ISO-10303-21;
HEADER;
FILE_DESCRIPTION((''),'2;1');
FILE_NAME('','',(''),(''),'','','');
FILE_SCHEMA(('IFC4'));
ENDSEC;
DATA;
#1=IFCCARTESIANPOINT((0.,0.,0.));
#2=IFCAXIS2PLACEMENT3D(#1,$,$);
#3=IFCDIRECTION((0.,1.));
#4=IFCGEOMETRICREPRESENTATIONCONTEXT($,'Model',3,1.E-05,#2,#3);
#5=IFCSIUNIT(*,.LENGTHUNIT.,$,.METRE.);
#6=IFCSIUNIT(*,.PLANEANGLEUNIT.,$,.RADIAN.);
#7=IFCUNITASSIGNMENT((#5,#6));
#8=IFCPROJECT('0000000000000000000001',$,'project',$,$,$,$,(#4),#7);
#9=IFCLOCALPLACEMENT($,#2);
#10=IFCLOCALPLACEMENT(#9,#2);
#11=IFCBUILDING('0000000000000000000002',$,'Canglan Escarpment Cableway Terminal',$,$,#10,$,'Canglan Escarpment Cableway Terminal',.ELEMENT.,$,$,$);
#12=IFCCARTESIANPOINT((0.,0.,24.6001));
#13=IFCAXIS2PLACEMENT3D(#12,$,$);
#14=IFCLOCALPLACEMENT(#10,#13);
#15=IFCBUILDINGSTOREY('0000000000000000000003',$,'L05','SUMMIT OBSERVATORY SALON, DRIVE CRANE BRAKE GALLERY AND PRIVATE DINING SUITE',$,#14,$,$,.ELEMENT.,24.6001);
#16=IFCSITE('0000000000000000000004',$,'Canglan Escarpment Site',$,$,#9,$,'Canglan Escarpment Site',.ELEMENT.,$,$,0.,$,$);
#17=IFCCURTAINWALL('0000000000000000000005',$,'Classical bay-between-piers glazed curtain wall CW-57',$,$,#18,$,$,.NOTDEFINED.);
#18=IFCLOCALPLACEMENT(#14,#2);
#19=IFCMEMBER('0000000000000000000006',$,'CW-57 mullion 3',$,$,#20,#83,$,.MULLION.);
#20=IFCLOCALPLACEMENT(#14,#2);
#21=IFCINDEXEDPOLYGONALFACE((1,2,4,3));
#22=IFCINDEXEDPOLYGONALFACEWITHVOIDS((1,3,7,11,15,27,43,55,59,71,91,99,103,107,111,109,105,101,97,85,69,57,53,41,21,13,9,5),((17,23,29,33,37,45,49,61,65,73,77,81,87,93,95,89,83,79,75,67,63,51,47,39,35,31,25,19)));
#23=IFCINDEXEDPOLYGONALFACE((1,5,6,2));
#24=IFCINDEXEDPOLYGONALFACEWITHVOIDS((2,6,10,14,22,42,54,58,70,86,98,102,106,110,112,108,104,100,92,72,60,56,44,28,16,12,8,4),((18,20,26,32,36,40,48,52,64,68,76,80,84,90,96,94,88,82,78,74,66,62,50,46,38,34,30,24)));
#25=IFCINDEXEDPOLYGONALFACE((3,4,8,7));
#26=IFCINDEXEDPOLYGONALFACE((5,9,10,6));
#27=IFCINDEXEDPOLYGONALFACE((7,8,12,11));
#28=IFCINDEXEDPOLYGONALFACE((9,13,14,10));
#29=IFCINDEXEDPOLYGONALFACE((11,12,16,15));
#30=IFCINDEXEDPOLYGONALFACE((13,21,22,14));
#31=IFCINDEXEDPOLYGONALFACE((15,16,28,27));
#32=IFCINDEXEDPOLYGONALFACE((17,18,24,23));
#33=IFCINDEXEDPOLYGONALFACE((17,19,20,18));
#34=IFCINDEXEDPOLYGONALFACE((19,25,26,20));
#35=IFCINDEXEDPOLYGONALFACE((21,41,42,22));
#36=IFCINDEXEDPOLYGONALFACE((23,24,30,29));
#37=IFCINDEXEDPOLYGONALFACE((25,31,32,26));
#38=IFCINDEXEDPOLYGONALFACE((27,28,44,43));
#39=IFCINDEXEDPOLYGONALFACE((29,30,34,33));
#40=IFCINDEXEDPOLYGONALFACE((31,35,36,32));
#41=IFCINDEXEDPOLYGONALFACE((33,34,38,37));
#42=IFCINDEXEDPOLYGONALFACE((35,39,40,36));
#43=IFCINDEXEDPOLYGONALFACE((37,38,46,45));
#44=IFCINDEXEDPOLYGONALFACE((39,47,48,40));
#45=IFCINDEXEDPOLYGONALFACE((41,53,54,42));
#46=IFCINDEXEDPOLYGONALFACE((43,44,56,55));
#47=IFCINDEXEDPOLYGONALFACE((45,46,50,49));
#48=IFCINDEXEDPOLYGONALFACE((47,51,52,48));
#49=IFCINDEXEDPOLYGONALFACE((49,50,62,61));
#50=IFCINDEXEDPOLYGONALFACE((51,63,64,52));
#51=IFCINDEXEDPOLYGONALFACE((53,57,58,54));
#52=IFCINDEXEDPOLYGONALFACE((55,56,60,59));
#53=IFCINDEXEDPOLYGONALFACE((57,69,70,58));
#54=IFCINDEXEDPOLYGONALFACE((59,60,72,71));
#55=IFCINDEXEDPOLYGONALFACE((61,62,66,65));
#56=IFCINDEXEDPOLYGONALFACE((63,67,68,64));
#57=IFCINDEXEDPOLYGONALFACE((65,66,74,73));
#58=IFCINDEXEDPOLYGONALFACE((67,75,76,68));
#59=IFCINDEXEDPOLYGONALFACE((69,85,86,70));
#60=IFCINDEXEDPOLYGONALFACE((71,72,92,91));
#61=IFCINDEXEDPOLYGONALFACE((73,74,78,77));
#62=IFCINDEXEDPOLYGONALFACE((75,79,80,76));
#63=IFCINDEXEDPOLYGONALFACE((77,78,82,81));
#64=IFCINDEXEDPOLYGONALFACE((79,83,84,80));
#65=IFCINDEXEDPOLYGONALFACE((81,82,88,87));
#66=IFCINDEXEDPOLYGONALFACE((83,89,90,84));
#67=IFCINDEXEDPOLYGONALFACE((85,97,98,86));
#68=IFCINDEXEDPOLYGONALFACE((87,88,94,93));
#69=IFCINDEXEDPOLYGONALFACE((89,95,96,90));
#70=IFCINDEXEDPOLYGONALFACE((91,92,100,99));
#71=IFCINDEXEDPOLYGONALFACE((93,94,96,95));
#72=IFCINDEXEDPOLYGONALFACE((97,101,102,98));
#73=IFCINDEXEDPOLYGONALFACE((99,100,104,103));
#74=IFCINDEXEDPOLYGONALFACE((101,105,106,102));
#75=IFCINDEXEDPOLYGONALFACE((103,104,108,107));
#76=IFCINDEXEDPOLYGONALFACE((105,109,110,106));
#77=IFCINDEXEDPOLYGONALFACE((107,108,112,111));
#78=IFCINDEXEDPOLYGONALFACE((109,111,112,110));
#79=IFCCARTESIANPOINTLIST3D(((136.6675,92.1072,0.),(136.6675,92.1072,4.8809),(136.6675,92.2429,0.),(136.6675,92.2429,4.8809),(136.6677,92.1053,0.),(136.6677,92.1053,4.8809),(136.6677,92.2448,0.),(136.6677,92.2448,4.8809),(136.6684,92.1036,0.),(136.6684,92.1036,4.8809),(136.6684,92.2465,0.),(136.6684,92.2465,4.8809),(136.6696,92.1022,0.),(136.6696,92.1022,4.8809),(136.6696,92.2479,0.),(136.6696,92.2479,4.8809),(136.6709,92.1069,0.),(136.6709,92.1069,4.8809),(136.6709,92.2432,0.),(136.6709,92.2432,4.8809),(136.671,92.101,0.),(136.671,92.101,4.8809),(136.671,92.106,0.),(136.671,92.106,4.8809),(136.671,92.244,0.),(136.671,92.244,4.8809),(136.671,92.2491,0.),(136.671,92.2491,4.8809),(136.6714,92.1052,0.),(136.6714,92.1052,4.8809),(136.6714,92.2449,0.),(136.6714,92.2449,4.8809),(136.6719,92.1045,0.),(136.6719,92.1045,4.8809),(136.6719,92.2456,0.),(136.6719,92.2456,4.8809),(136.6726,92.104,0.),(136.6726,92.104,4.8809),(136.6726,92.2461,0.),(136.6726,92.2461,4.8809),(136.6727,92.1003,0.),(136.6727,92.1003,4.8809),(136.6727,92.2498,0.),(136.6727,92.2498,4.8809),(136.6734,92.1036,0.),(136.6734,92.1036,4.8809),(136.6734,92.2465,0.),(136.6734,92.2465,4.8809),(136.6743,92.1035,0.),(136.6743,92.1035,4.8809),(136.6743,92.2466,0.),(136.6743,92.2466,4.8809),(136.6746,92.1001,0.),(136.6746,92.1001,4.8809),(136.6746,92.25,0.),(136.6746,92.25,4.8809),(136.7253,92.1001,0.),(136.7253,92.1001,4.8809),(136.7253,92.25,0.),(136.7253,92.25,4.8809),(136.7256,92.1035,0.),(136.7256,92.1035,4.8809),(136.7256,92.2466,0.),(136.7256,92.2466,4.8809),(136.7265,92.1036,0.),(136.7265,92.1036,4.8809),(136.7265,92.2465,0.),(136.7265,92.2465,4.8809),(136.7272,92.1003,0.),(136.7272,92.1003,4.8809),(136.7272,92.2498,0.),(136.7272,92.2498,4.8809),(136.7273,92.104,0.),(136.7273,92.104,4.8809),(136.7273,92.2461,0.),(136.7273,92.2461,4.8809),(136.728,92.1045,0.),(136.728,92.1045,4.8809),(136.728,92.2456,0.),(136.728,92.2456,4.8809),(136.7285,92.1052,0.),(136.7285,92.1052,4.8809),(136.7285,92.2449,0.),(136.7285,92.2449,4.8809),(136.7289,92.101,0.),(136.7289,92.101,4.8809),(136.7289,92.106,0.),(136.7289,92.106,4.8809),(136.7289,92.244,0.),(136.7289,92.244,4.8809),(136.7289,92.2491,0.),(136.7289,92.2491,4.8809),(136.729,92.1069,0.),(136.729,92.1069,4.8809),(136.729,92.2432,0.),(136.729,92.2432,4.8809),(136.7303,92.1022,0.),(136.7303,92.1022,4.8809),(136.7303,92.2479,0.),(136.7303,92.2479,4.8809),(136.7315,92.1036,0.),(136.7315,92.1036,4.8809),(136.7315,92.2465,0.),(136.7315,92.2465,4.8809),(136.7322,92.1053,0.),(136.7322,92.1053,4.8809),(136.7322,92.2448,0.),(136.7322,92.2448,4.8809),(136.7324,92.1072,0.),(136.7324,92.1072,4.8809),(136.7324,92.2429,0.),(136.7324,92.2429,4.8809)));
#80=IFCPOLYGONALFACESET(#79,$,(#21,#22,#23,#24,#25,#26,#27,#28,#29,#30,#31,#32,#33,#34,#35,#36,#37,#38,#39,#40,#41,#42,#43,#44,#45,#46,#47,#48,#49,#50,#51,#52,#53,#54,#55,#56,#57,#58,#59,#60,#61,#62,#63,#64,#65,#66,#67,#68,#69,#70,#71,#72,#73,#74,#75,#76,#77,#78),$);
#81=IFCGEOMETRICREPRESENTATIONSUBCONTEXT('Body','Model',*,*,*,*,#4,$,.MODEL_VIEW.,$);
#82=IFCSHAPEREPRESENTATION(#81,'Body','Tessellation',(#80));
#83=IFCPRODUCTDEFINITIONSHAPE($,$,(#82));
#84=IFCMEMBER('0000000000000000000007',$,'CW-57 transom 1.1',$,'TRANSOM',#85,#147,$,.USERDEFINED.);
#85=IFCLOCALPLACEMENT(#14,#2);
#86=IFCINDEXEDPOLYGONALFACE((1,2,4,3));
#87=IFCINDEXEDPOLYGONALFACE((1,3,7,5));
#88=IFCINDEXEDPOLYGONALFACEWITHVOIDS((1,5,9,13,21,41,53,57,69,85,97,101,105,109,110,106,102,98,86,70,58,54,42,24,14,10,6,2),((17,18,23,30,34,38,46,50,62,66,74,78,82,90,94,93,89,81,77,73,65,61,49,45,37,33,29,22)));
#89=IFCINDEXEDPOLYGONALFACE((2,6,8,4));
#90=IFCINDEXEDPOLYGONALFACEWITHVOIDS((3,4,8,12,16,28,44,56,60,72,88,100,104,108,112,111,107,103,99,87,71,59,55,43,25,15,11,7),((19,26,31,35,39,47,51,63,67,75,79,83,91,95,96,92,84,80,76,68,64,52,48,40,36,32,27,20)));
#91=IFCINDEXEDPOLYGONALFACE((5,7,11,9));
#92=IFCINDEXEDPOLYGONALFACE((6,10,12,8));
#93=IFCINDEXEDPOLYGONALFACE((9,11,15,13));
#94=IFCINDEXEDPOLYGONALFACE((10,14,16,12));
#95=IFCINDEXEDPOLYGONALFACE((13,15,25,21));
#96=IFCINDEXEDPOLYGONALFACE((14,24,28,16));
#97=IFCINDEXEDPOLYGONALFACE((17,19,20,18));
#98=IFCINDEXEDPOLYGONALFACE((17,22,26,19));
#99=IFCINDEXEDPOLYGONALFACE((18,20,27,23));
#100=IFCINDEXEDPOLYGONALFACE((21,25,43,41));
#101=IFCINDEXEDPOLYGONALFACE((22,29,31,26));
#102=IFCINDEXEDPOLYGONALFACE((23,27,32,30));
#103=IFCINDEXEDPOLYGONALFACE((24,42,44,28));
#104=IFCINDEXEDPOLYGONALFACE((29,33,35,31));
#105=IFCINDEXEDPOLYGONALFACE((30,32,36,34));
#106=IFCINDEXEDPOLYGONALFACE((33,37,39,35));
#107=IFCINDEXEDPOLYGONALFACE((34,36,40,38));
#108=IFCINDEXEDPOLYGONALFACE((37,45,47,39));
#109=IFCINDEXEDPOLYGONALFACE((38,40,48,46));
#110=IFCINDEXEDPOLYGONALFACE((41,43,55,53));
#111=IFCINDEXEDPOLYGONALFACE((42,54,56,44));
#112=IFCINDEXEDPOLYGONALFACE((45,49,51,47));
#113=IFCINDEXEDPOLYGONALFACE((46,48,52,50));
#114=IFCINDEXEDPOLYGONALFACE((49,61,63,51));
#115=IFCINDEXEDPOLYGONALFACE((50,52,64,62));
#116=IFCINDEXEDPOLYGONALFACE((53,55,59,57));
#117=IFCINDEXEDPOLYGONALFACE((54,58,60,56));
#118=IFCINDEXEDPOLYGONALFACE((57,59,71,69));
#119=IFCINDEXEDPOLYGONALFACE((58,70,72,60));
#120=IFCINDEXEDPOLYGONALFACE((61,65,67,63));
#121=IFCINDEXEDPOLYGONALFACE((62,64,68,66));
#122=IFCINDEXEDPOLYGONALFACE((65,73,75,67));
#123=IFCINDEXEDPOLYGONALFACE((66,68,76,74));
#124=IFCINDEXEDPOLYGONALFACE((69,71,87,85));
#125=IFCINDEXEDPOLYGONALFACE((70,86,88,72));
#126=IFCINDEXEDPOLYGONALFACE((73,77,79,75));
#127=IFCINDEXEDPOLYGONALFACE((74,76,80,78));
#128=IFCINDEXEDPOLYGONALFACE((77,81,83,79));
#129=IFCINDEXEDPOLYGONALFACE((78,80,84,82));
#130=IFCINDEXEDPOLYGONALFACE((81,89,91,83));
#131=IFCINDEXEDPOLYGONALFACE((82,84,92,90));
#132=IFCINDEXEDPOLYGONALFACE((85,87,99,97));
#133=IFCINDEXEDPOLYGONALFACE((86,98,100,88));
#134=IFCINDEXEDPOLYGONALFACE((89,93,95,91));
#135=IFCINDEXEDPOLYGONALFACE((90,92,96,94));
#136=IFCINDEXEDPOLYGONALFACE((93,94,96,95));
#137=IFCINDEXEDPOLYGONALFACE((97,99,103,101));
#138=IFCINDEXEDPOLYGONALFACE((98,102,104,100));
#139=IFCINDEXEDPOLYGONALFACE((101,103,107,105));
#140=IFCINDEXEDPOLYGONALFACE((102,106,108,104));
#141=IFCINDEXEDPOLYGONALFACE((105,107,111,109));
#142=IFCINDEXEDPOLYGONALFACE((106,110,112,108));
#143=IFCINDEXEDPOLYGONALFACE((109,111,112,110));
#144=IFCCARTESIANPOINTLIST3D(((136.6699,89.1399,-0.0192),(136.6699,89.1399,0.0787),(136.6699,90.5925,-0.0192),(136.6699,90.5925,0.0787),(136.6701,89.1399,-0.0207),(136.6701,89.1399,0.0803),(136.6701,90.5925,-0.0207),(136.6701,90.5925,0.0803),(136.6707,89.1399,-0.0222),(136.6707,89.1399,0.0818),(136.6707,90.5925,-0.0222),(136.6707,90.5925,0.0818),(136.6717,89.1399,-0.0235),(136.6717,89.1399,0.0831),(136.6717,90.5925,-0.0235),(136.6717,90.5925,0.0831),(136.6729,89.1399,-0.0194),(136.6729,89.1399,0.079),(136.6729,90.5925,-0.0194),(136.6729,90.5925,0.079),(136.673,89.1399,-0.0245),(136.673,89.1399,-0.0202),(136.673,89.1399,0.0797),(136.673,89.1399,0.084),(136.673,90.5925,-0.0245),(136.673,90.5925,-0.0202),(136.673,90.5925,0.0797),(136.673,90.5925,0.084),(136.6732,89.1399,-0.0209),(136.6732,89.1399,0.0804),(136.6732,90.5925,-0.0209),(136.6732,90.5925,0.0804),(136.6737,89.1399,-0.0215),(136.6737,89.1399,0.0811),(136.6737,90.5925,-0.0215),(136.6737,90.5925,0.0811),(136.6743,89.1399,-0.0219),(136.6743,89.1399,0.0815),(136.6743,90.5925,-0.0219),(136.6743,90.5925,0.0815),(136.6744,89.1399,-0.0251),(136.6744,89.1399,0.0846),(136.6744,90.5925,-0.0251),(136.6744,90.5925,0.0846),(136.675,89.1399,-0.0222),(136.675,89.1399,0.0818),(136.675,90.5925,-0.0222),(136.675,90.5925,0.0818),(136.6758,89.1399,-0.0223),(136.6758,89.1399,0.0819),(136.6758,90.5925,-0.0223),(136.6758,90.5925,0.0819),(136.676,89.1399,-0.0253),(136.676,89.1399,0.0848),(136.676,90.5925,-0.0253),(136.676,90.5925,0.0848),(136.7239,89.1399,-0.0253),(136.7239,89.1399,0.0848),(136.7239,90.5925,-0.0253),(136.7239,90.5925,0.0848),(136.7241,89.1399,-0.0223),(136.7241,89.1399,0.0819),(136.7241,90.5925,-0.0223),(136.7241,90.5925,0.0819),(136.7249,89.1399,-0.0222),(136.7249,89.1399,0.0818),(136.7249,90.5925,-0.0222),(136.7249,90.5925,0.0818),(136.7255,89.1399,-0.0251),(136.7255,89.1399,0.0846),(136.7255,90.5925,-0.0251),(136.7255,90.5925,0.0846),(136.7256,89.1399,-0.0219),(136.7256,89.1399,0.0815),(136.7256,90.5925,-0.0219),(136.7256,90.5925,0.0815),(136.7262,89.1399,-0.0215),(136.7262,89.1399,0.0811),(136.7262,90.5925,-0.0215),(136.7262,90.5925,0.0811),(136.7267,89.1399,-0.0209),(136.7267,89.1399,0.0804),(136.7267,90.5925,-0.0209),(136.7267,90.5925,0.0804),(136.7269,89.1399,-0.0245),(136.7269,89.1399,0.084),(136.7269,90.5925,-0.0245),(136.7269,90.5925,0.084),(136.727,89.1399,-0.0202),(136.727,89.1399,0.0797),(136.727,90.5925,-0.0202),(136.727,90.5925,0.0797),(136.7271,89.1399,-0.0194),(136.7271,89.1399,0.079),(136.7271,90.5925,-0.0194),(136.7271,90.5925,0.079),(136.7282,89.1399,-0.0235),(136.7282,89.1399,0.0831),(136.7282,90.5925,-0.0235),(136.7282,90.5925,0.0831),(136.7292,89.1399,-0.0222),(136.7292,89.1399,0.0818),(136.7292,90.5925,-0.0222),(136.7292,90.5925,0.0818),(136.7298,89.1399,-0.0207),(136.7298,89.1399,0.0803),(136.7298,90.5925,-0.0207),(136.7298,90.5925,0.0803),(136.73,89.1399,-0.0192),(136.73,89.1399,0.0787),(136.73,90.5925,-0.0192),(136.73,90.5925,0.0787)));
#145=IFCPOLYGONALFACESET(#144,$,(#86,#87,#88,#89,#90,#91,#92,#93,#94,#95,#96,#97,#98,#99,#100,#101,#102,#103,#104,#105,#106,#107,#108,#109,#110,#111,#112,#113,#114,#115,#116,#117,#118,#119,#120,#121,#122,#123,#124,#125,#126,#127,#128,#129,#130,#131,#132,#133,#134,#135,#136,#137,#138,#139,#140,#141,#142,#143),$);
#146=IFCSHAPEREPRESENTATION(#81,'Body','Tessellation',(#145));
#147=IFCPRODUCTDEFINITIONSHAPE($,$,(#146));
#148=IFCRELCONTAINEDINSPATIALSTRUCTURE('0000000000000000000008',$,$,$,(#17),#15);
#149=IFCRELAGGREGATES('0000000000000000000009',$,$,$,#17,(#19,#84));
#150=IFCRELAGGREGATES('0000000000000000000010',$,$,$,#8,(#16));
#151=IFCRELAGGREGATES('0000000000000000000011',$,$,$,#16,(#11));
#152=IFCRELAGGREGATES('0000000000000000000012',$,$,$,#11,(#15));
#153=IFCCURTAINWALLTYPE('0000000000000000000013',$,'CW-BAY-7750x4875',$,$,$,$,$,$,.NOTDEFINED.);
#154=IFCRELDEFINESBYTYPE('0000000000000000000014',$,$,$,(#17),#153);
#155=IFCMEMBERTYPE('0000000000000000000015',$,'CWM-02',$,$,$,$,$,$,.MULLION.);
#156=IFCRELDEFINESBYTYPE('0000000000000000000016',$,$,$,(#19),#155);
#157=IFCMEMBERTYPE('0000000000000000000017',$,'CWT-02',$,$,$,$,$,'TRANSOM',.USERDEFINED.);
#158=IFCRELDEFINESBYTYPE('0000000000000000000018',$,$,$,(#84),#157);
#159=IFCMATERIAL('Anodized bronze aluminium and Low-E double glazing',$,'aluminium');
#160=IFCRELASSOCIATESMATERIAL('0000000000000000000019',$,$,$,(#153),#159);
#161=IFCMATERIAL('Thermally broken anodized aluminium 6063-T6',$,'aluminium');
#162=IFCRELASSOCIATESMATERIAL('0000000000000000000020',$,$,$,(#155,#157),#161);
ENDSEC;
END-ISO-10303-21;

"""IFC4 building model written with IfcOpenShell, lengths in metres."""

from ifc_helpers import new_model, si_unit, direction, frame, origin, origin_2d, place, context, subcontext, project, spatial, hollow_rectangle, extrude, material, material_profile, profile_set, type_object, element, aggregate, save


model = new_model("IFC4")

# Units and contexts
model_context = context("Model", 3, precision=1e-05, world=origin(), true_north=direction((0.0, 1.0)))
body_context = subcontext(model_context, "Body", "Model", "MODEL_VIEW")
ifc_project = project(units=[si_unit("LENGTHUNIT", "METRE"), si_unit("PLANEANGLEUNIT", "RADIAN")], contexts=[model_context])

# Site, building, storey
site_placement = place(None, origin())
site = spatial("IfcSite", under=ifc_project, at=site_placement, Name="Canglan Escarpment Site", LongName="Canglan Escarpment Site", CompositionType="ELEMENT", RefElevation=0.0)
building_placement = place(site_placement, origin())
building = spatial("IfcBuilding", under=site, at=building_placement, Name="Canglan Escarpment Cableway Terminal", LongName="Canglan Escarpment Cableway Terminal", CompositionType="ELEMENT")
storey_placement = place(building_placement, frame((0.0, 0.0, 24.6001)))
storey = spatial("IfcBuildingStorey", under=building, at=storey_placement, Name="L05", Description="SUMMIT OBSERVATORY SALON, DRIVE CRANE BRAKE GALLERY AND PRIVATE DINING SUITE", CompositionType="ELEMENT", Elevation=24.6001)

# Curtain wall, members
ifc_material_1 = material(Name="Anodized bronze aluminium and Low-E double glazing", Category="aluminium")
curtain_wall_type = type_object("IfcCurtainWallType", Name="CW-BAY-7750x4875", PredefinedType="NOTDEFINED", material=ifc_material_1)
curtain_wall_placement = place(storey_placement, origin())
curtain_wall = element("IfcCurtainWall", 1, at=curtain_wall_placement, inside=storey, type_object=curtain_wall_type, Name="Classical bay-between-piers glazed curtain wall CW-57", PredefinedType="NOTDEFINED")
ifc_material_2 = material(Name="Thermally broken anodized aluminium 6063-T6", Category="aluminium")
ifc_material_profile_1 = material_profile(ifc_material_2, hollow_rectangle(XDim=0.0649, YDim=0.1499, WallThickness=0.0034, InnerFilletRadius=0.0034, OuterFilletRadius=0.0071, at=origin_2d()), Name="ALU-MULL 65x150x3.5")
ifc_profile_set_1 = profile_set([ifc_material_profile_1], Name="Thermally broken anodized aluminium 6063-T6")
member_type_1 = type_object("IfcMemberType", Name="CWM-02", PredefinedType="MULLION", material=ifc_profile_set_1)
member_1_placement = place(storey_placement, frame((136.7, 92.175, 0.0), z_axis=(0.0, 0.0, 1.0), x_axis=(-1.0, 0.0, 0.0)))
member_1 = element("IfcMember", 2, at=member_1_placement, type_object=member_type_1, Name="CW-57 mullion 3", PredefinedType="MULLION", context=body_context, shape_type="SweptSolid", body=[
    extrude(hollow_rectangle(XDim=0.0649, YDim=0.1499, WallThickness=0.0034, InnerFilletRadius=0.0034, OuterFilletRadius=0.0071, at=origin_2d()), origin(), (0.0, 0.0, 1.0), 4.8809),
])
ifc_material_profile_2 = material_profile(ifc_material_2, hollow_rectangle(XDim=0.0601, YDim=0.1101, WallThickness=0.0029, InnerFilletRadius=0.0029, OuterFilletRadius=0.0061, at=origin_2d()), Name="ALU-TRAN 60x110x3")
ifc_profile_set_2 = profile_set([ifc_material_profile_2], Name="Thermally broken anodized aluminium 6063-T6")
member_type_2 = type_object("IfcMemberType", Name="CWT-02", ElementType="TRANSOM", PredefinedType="USERDEFINED", material=ifc_profile_set_2)
member_2_placement = place(storey_placement, frame((136.7, 89.1399, 0.0298), z_axis=(0.0, 1.0, 0.0), x_axis=(-1.0, 0.0, 0.0)))
member_2 = element("IfcMember", 3, at=member_2_placement, type_object=member_type_2, Name="CW-57 transom 1.1", ObjectType="TRANSOM", PredefinedType="USERDEFINED", context=body_context, shape_type="SweptSolid", body=[
    extrude(hollow_rectangle(XDim=0.0601, YDim=0.1101, WallThickness=0.0029, InnerFilletRadius=0.0029, OuterFilletRadius=0.0061, at=origin_2d()), origin(), (0.0, 0.0, 1.0), 1.4526),
])
aggregate(curtain_wall, [member_1, member_2])

save(model, "model.ifc")
